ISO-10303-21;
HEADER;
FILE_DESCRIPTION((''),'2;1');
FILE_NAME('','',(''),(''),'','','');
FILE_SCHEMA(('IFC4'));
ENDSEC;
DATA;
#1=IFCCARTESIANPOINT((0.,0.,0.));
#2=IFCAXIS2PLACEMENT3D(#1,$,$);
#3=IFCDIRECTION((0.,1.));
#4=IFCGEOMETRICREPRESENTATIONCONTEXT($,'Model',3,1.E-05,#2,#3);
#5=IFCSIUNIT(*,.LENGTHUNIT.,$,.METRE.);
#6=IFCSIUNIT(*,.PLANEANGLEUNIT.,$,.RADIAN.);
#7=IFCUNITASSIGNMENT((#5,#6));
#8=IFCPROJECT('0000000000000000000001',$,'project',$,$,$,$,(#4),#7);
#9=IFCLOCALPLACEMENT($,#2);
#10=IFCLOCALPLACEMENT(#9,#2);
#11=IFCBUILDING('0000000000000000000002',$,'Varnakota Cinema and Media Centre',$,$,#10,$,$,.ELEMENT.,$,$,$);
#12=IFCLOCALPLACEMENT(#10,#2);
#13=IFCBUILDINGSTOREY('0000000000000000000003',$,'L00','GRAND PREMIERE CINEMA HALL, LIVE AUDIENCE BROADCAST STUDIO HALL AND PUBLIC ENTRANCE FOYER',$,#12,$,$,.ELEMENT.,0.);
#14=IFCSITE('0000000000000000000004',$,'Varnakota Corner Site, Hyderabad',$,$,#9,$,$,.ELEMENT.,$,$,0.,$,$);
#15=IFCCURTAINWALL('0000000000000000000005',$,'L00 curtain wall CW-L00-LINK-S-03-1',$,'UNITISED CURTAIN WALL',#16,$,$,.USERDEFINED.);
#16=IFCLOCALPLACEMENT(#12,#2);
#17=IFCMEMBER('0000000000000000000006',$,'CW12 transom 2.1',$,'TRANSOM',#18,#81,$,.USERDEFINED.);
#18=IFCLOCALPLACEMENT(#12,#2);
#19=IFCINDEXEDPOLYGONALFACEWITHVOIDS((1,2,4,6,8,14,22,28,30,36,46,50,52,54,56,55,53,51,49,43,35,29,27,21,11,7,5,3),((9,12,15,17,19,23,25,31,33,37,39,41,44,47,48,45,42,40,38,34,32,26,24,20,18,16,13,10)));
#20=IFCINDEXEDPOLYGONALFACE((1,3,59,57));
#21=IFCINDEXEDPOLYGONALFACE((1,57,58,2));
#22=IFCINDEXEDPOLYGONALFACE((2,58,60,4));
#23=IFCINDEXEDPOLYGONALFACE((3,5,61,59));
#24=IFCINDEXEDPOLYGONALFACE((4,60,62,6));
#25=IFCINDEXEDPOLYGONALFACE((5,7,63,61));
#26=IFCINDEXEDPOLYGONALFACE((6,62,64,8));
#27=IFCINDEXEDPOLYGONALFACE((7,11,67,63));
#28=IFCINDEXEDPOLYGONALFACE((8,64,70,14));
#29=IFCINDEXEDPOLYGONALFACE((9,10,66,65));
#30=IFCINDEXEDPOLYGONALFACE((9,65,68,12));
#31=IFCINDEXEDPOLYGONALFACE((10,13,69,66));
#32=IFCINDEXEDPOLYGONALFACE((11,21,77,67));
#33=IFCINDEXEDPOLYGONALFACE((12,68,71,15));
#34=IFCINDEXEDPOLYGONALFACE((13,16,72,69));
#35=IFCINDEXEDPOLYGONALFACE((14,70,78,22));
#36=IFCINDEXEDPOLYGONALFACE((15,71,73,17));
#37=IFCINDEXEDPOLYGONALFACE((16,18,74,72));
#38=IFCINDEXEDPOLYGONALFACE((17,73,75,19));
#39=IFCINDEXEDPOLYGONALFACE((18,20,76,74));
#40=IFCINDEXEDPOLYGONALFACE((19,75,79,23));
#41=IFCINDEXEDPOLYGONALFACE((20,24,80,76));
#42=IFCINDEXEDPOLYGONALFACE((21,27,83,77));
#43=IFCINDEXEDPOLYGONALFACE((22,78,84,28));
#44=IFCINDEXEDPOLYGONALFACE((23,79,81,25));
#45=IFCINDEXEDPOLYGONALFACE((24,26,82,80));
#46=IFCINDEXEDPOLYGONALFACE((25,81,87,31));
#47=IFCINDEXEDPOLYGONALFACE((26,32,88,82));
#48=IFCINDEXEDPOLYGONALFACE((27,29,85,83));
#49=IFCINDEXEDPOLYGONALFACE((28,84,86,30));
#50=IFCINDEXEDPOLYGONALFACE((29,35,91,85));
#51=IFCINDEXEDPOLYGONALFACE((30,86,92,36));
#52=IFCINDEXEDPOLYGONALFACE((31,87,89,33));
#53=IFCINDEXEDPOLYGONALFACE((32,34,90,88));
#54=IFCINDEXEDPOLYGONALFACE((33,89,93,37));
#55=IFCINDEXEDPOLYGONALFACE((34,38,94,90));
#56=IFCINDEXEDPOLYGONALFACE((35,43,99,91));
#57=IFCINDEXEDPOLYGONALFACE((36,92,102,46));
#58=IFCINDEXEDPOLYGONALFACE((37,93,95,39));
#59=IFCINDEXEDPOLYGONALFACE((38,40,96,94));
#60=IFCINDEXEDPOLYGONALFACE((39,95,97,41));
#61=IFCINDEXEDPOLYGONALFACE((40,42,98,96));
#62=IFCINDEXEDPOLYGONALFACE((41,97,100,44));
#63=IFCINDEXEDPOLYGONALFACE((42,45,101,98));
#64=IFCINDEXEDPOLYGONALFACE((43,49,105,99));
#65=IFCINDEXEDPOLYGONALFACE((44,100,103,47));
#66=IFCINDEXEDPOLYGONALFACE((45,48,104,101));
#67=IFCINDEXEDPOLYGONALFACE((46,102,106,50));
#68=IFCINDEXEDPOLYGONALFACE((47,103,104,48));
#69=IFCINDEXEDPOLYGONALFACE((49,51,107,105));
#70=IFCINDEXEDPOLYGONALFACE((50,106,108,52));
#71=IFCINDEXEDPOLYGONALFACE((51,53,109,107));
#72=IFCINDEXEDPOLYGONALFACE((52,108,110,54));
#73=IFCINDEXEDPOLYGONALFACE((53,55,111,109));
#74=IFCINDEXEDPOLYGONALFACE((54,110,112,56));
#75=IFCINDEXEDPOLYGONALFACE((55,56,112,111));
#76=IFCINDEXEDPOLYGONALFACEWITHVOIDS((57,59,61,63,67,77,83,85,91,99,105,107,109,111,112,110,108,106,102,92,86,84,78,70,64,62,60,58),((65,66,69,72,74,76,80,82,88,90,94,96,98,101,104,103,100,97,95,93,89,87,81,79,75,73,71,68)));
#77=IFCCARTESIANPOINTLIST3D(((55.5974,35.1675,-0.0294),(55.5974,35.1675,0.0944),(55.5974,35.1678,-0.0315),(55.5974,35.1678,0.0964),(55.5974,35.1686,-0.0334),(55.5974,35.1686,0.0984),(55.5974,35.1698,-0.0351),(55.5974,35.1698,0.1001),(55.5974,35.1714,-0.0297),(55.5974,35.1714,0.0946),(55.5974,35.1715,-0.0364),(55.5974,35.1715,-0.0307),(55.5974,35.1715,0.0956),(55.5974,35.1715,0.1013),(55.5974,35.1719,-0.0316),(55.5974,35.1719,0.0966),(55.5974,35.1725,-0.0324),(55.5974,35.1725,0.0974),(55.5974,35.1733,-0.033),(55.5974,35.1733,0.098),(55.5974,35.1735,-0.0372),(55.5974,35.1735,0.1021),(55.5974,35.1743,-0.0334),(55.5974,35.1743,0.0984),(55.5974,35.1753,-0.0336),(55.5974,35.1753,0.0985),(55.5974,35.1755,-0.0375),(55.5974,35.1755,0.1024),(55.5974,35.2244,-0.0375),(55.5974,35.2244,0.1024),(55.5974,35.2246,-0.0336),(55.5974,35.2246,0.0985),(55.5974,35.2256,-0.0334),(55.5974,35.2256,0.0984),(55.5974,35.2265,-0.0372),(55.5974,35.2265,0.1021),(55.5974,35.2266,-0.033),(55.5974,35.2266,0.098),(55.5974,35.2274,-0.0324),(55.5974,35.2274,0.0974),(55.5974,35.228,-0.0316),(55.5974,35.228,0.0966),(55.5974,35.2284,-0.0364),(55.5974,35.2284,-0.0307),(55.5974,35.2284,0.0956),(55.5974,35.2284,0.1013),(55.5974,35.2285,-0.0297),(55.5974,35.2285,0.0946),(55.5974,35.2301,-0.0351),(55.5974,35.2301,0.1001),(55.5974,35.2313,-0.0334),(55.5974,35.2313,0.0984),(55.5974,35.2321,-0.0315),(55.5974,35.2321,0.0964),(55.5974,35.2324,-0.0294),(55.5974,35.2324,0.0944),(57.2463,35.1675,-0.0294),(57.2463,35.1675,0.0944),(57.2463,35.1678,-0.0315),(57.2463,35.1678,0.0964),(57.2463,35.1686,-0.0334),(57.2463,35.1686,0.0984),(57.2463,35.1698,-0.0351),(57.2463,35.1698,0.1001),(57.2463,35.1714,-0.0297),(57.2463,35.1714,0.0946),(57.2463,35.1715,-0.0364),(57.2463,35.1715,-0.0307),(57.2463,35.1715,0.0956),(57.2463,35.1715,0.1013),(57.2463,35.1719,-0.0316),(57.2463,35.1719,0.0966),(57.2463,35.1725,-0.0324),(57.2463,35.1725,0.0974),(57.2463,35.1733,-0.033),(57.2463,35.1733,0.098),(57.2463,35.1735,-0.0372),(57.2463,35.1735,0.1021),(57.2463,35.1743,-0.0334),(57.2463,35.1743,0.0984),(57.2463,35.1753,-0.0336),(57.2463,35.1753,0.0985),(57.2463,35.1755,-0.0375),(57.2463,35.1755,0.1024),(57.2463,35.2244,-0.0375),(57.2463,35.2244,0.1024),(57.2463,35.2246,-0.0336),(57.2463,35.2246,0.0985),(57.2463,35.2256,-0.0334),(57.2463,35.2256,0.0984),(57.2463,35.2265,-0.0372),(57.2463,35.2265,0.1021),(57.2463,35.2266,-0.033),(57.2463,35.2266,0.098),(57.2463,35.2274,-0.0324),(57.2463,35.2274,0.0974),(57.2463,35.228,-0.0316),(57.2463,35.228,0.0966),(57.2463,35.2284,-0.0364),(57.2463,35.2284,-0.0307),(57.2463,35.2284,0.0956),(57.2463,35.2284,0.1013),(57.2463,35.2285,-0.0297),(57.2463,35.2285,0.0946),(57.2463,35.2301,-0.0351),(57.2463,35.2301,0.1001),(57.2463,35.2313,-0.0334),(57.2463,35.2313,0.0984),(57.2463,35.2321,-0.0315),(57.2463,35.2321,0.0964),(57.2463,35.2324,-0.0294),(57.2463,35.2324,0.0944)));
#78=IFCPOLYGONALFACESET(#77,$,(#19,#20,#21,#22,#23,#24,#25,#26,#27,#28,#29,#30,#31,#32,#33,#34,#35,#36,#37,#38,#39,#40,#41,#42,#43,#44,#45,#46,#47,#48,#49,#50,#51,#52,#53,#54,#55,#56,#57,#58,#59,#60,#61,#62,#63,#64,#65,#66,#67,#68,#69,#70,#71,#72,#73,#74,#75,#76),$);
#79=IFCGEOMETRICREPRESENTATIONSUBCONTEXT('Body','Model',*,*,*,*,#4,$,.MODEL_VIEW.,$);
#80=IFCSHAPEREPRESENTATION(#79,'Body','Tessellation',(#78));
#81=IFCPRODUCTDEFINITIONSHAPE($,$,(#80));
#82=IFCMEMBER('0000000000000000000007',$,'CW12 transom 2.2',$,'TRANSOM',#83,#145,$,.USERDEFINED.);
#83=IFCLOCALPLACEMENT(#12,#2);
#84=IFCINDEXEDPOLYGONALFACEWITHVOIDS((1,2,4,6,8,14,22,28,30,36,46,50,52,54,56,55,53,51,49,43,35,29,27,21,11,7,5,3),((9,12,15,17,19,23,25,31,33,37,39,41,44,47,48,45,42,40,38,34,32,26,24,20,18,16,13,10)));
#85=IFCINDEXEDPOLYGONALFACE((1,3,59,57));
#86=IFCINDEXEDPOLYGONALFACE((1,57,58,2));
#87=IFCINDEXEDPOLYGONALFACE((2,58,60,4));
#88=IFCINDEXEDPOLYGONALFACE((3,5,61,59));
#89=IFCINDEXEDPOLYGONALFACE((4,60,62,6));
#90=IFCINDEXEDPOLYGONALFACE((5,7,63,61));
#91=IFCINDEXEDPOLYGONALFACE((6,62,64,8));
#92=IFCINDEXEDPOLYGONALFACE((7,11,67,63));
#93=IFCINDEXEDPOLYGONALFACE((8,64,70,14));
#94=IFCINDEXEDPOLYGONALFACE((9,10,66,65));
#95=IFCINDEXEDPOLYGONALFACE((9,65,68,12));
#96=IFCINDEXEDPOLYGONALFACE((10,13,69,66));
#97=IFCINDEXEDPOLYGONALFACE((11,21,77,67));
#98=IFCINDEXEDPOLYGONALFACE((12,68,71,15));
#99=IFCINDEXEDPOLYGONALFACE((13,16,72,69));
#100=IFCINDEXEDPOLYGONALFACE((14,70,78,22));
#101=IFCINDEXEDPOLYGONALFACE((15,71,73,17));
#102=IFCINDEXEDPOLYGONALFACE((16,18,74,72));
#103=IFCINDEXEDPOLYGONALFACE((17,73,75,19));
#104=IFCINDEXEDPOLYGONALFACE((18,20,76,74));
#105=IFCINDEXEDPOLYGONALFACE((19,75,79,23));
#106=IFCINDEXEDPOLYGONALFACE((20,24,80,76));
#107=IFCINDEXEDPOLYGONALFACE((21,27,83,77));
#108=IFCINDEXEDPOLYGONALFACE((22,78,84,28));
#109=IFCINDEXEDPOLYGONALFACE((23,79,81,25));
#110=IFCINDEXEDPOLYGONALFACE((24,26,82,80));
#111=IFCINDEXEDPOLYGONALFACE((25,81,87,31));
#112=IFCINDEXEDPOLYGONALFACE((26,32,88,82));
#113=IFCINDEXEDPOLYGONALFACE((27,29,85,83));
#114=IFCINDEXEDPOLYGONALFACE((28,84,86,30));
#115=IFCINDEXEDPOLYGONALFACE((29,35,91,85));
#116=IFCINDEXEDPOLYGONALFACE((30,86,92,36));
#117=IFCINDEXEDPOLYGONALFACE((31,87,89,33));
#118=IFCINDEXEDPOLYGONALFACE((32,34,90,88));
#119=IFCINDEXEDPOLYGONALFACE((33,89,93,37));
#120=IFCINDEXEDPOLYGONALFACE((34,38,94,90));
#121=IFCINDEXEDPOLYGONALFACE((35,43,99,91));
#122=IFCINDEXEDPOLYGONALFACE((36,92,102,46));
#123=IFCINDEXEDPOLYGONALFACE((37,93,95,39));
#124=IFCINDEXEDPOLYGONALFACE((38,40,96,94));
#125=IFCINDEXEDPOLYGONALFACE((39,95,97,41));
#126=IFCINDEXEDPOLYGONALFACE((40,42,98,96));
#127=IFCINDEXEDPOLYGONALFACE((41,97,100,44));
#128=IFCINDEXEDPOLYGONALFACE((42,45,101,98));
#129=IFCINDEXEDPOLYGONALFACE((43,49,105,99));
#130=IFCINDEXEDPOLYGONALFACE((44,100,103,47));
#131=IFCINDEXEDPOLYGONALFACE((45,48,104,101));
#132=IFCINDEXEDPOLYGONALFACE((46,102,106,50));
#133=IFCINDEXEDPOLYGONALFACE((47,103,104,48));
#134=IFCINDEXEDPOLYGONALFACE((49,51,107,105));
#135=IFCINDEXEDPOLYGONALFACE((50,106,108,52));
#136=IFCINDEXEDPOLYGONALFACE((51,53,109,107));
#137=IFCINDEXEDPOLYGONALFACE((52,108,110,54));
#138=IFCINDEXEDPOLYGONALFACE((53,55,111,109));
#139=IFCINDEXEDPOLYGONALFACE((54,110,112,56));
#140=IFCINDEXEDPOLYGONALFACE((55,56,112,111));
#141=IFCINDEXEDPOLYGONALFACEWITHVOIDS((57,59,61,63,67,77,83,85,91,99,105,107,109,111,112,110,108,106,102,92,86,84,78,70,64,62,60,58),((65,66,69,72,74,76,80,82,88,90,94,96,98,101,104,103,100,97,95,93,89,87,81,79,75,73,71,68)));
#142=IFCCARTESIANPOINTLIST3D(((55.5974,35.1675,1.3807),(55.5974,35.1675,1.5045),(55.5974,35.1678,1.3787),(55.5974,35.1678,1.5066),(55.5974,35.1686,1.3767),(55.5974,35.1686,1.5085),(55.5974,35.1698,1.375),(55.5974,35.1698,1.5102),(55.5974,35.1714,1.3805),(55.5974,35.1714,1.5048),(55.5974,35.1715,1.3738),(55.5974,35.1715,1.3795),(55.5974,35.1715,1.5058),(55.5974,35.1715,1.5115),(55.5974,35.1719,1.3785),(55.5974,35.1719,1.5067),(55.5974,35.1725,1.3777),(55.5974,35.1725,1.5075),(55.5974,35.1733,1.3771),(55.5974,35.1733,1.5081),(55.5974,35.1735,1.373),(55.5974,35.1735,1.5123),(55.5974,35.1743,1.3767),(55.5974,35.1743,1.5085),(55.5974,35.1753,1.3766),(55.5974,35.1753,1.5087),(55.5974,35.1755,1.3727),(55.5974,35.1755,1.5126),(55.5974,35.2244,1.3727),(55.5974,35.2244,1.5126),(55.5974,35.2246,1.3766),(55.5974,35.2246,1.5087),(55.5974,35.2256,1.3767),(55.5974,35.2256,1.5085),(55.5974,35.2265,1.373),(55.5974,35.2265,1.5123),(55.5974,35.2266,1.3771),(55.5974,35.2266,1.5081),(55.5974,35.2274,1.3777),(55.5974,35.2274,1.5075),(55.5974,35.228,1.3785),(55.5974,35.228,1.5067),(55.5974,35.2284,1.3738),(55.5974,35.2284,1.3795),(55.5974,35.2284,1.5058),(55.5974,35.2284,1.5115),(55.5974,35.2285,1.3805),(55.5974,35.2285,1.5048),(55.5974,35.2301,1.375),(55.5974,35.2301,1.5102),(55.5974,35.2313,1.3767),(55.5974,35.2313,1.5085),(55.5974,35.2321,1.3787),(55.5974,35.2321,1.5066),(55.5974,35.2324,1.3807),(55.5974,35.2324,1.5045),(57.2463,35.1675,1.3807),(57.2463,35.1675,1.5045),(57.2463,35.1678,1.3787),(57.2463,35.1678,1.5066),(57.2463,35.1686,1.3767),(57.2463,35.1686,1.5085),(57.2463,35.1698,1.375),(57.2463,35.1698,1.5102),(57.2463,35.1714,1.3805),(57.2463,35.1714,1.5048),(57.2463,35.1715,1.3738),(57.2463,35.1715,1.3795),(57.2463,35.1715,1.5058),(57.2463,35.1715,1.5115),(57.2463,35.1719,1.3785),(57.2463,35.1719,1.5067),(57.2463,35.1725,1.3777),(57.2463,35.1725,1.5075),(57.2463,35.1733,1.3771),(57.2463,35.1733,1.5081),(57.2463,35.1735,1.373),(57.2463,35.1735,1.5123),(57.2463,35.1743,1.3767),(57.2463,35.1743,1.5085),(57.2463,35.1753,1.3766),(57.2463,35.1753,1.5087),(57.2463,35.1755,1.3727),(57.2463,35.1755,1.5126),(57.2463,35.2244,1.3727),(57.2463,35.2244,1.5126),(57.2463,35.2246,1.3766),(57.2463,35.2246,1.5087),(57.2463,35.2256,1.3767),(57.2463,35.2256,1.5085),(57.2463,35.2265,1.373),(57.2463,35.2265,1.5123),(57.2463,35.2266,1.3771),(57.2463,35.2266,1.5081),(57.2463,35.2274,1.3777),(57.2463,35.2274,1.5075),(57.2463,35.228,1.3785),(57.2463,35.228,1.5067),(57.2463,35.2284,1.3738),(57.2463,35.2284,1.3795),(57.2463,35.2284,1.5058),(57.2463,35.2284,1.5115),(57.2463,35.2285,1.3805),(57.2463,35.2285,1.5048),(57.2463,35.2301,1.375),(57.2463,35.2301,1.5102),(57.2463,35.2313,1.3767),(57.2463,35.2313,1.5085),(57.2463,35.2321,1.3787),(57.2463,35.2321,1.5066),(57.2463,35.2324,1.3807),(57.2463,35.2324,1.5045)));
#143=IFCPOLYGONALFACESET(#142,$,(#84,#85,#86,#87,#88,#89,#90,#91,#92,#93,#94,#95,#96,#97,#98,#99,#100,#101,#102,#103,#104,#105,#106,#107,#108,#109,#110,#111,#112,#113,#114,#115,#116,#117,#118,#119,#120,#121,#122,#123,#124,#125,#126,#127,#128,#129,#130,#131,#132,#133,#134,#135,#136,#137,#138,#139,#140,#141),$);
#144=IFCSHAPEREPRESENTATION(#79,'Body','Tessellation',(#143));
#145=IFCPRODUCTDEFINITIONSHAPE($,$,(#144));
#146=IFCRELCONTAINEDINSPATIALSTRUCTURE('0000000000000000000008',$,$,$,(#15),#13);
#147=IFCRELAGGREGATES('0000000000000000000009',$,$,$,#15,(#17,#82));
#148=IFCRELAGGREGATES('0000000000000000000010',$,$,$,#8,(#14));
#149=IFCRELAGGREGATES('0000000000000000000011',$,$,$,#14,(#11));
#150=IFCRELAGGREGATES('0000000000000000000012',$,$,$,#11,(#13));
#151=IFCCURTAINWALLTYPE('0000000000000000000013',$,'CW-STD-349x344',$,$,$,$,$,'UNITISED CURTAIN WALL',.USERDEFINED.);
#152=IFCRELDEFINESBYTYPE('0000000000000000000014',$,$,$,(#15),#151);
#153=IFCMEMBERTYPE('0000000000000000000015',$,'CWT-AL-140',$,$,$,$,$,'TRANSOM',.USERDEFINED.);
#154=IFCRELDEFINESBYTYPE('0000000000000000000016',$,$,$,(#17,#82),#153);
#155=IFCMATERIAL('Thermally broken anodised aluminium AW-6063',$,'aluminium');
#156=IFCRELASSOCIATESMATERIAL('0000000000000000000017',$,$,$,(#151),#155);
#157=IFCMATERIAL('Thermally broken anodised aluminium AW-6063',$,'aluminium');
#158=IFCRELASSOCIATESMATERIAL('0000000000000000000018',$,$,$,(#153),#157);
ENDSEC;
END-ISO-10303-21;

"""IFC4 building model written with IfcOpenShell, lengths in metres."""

from ifc_helpers import new_model, si_unit, direction, frame, origin, origin_2d, place, context, subcontext, project, spatial, hollow_rectangle, extrude, material, material_profile, profile_set, type_object, element, aggregate, save


model = new_model("IFC4")

# Units and contexts
model_context = context("Model", 3, precision=1e-05, world=origin(), true_north=direction((0.0, 1.0)))
body_context = subcontext(model_context, "Body", "Model", "MODEL_VIEW")
ifc_project = project(units=[si_unit("LENGTHUNIT", "METRE"), si_unit("PLANEANGLEUNIT", "RADIAN")], contexts=[model_context])

# Site, building, storey
site_placement = place(None, origin())
site = spatial("IfcSite", under=ifc_project, at=site_placement, Name="Varnakota Corner Site, Hyderabad", CompositionType="ELEMENT", RefElevation=0.0)
building_placement = place(site_placement, origin())
building = spatial("IfcBuilding", under=site, at=building_placement, Name="Varnakota Cinema and Media Centre", CompositionType="ELEMENT")
storey_placement = place(building_placement, origin())
storey = spatial("IfcBuildingStorey", under=building, at=storey_placement, Name="L00", Description="GRAND PREMIERE CINEMA HALL, LIVE AUDIENCE BROADCAST STUDIO HALL AND PUBLIC ENTRANCE FOYER", CompositionType="ELEMENT", Elevation=0.0)

# Curtain wall
ifc_material_1 = material(Name="Thermally broken anodised aluminium AW-6063", Category="aluminium")
curtain_wall_type = type_object("IfcCurtainWallType", Name="CW-STD-349x344", ElementType="UNITISED CURTAIN WALL", PredefinedType="USERDEFINED", material=ifc_material_1)
curtain_wall_1_placement = place(storey_placement, origin())
curtain_wall_1 = element("IfcCurtainWall", 1, at=curtain_wall_1_placement, inside=storey, type_object=curtain_wall_type, Name="L00 curtain wall CW-L00-LINK-S-03-1", ObjectType="UNITISED CURTAIN WALL", PredefinedType="USERDEFINED")

# Members
ifc_material_2 = material(Name="Thermally broken anodised aluminium AW-6063", Category="aluminium")
ifc_material_profile_1 = material_profile(ifc_material_2, hollow_rectangle(XDim=0.0649, YDim=0.1399, WallThickness=0.0039, InnerFilletRadius=0.0039, OuterFilletRadius=0.0081, at=origin_2d()), Name="AL-TRANSOM 140x65x4")
ifc_profile_set_1 = profile_set([ifc_material_profile_1], Name="Thermally broken anodised aluminium AW-6063")
member_type_1 = type_object("IfcMemberType", Name="CWT-AL-140", ElementType="TRANSOM", PredefinedType="USERDEFINED", material=ifc_profile_set_1)
member_1_placement = place(storey_placement, frame((57.2463, 35.2, 0.0325), z_axis=(-1.0, 0.0, 0.0), x_axis=(0.0, -1.0, 0.0)))
member_1 = element("IfcMember", 2, at=member_1_placement, type_object=member_type_1, Name="CW12 transom 2.1", ObjectType="TRANSOM", PredefinedType="USERDEFINED", context=body_context, shape_type="SweptSolid", body=[
    extrude(hollow_rectangle(XDim=0.0649, YDim=0.1399, WallThickness=0.0039, InnerFilletRadius=0.0039, OuterFilletRadius=0.0081, at=origin_2d()), origin(), (0.0, 0.0, 1.0), 1.6489),
])
member_2_placement = place(storey_placement, frame((57.2463, 35.2, 1.4426), z_axis=(-1.0, 0.0, 0.0), x_axis=(0.0, -1.0, 0.0)))
member_2 = element("IfcMember", 3, at=member_2_placement, type_object=member_type_1, Name="CW12 transom 2.2", ObjectType="TRANSOM", PredefinedType="USERDEFINED", context=body_context, shape_type="SweptSolid", body=[
    extrude(hollow_rectangle(XDim=0.0649, YDim=0.1399, WallThickness=0.0039, InnerFilletRadius=0.0039, OuterFilletRadius=0.0081, at=origin_2d()), origin(), (0.0, 0.0, 1.0), 1.6489),
])

aggregate(curtain_wall_1, [member_1, member_2])

save(model, "model.ifc")
